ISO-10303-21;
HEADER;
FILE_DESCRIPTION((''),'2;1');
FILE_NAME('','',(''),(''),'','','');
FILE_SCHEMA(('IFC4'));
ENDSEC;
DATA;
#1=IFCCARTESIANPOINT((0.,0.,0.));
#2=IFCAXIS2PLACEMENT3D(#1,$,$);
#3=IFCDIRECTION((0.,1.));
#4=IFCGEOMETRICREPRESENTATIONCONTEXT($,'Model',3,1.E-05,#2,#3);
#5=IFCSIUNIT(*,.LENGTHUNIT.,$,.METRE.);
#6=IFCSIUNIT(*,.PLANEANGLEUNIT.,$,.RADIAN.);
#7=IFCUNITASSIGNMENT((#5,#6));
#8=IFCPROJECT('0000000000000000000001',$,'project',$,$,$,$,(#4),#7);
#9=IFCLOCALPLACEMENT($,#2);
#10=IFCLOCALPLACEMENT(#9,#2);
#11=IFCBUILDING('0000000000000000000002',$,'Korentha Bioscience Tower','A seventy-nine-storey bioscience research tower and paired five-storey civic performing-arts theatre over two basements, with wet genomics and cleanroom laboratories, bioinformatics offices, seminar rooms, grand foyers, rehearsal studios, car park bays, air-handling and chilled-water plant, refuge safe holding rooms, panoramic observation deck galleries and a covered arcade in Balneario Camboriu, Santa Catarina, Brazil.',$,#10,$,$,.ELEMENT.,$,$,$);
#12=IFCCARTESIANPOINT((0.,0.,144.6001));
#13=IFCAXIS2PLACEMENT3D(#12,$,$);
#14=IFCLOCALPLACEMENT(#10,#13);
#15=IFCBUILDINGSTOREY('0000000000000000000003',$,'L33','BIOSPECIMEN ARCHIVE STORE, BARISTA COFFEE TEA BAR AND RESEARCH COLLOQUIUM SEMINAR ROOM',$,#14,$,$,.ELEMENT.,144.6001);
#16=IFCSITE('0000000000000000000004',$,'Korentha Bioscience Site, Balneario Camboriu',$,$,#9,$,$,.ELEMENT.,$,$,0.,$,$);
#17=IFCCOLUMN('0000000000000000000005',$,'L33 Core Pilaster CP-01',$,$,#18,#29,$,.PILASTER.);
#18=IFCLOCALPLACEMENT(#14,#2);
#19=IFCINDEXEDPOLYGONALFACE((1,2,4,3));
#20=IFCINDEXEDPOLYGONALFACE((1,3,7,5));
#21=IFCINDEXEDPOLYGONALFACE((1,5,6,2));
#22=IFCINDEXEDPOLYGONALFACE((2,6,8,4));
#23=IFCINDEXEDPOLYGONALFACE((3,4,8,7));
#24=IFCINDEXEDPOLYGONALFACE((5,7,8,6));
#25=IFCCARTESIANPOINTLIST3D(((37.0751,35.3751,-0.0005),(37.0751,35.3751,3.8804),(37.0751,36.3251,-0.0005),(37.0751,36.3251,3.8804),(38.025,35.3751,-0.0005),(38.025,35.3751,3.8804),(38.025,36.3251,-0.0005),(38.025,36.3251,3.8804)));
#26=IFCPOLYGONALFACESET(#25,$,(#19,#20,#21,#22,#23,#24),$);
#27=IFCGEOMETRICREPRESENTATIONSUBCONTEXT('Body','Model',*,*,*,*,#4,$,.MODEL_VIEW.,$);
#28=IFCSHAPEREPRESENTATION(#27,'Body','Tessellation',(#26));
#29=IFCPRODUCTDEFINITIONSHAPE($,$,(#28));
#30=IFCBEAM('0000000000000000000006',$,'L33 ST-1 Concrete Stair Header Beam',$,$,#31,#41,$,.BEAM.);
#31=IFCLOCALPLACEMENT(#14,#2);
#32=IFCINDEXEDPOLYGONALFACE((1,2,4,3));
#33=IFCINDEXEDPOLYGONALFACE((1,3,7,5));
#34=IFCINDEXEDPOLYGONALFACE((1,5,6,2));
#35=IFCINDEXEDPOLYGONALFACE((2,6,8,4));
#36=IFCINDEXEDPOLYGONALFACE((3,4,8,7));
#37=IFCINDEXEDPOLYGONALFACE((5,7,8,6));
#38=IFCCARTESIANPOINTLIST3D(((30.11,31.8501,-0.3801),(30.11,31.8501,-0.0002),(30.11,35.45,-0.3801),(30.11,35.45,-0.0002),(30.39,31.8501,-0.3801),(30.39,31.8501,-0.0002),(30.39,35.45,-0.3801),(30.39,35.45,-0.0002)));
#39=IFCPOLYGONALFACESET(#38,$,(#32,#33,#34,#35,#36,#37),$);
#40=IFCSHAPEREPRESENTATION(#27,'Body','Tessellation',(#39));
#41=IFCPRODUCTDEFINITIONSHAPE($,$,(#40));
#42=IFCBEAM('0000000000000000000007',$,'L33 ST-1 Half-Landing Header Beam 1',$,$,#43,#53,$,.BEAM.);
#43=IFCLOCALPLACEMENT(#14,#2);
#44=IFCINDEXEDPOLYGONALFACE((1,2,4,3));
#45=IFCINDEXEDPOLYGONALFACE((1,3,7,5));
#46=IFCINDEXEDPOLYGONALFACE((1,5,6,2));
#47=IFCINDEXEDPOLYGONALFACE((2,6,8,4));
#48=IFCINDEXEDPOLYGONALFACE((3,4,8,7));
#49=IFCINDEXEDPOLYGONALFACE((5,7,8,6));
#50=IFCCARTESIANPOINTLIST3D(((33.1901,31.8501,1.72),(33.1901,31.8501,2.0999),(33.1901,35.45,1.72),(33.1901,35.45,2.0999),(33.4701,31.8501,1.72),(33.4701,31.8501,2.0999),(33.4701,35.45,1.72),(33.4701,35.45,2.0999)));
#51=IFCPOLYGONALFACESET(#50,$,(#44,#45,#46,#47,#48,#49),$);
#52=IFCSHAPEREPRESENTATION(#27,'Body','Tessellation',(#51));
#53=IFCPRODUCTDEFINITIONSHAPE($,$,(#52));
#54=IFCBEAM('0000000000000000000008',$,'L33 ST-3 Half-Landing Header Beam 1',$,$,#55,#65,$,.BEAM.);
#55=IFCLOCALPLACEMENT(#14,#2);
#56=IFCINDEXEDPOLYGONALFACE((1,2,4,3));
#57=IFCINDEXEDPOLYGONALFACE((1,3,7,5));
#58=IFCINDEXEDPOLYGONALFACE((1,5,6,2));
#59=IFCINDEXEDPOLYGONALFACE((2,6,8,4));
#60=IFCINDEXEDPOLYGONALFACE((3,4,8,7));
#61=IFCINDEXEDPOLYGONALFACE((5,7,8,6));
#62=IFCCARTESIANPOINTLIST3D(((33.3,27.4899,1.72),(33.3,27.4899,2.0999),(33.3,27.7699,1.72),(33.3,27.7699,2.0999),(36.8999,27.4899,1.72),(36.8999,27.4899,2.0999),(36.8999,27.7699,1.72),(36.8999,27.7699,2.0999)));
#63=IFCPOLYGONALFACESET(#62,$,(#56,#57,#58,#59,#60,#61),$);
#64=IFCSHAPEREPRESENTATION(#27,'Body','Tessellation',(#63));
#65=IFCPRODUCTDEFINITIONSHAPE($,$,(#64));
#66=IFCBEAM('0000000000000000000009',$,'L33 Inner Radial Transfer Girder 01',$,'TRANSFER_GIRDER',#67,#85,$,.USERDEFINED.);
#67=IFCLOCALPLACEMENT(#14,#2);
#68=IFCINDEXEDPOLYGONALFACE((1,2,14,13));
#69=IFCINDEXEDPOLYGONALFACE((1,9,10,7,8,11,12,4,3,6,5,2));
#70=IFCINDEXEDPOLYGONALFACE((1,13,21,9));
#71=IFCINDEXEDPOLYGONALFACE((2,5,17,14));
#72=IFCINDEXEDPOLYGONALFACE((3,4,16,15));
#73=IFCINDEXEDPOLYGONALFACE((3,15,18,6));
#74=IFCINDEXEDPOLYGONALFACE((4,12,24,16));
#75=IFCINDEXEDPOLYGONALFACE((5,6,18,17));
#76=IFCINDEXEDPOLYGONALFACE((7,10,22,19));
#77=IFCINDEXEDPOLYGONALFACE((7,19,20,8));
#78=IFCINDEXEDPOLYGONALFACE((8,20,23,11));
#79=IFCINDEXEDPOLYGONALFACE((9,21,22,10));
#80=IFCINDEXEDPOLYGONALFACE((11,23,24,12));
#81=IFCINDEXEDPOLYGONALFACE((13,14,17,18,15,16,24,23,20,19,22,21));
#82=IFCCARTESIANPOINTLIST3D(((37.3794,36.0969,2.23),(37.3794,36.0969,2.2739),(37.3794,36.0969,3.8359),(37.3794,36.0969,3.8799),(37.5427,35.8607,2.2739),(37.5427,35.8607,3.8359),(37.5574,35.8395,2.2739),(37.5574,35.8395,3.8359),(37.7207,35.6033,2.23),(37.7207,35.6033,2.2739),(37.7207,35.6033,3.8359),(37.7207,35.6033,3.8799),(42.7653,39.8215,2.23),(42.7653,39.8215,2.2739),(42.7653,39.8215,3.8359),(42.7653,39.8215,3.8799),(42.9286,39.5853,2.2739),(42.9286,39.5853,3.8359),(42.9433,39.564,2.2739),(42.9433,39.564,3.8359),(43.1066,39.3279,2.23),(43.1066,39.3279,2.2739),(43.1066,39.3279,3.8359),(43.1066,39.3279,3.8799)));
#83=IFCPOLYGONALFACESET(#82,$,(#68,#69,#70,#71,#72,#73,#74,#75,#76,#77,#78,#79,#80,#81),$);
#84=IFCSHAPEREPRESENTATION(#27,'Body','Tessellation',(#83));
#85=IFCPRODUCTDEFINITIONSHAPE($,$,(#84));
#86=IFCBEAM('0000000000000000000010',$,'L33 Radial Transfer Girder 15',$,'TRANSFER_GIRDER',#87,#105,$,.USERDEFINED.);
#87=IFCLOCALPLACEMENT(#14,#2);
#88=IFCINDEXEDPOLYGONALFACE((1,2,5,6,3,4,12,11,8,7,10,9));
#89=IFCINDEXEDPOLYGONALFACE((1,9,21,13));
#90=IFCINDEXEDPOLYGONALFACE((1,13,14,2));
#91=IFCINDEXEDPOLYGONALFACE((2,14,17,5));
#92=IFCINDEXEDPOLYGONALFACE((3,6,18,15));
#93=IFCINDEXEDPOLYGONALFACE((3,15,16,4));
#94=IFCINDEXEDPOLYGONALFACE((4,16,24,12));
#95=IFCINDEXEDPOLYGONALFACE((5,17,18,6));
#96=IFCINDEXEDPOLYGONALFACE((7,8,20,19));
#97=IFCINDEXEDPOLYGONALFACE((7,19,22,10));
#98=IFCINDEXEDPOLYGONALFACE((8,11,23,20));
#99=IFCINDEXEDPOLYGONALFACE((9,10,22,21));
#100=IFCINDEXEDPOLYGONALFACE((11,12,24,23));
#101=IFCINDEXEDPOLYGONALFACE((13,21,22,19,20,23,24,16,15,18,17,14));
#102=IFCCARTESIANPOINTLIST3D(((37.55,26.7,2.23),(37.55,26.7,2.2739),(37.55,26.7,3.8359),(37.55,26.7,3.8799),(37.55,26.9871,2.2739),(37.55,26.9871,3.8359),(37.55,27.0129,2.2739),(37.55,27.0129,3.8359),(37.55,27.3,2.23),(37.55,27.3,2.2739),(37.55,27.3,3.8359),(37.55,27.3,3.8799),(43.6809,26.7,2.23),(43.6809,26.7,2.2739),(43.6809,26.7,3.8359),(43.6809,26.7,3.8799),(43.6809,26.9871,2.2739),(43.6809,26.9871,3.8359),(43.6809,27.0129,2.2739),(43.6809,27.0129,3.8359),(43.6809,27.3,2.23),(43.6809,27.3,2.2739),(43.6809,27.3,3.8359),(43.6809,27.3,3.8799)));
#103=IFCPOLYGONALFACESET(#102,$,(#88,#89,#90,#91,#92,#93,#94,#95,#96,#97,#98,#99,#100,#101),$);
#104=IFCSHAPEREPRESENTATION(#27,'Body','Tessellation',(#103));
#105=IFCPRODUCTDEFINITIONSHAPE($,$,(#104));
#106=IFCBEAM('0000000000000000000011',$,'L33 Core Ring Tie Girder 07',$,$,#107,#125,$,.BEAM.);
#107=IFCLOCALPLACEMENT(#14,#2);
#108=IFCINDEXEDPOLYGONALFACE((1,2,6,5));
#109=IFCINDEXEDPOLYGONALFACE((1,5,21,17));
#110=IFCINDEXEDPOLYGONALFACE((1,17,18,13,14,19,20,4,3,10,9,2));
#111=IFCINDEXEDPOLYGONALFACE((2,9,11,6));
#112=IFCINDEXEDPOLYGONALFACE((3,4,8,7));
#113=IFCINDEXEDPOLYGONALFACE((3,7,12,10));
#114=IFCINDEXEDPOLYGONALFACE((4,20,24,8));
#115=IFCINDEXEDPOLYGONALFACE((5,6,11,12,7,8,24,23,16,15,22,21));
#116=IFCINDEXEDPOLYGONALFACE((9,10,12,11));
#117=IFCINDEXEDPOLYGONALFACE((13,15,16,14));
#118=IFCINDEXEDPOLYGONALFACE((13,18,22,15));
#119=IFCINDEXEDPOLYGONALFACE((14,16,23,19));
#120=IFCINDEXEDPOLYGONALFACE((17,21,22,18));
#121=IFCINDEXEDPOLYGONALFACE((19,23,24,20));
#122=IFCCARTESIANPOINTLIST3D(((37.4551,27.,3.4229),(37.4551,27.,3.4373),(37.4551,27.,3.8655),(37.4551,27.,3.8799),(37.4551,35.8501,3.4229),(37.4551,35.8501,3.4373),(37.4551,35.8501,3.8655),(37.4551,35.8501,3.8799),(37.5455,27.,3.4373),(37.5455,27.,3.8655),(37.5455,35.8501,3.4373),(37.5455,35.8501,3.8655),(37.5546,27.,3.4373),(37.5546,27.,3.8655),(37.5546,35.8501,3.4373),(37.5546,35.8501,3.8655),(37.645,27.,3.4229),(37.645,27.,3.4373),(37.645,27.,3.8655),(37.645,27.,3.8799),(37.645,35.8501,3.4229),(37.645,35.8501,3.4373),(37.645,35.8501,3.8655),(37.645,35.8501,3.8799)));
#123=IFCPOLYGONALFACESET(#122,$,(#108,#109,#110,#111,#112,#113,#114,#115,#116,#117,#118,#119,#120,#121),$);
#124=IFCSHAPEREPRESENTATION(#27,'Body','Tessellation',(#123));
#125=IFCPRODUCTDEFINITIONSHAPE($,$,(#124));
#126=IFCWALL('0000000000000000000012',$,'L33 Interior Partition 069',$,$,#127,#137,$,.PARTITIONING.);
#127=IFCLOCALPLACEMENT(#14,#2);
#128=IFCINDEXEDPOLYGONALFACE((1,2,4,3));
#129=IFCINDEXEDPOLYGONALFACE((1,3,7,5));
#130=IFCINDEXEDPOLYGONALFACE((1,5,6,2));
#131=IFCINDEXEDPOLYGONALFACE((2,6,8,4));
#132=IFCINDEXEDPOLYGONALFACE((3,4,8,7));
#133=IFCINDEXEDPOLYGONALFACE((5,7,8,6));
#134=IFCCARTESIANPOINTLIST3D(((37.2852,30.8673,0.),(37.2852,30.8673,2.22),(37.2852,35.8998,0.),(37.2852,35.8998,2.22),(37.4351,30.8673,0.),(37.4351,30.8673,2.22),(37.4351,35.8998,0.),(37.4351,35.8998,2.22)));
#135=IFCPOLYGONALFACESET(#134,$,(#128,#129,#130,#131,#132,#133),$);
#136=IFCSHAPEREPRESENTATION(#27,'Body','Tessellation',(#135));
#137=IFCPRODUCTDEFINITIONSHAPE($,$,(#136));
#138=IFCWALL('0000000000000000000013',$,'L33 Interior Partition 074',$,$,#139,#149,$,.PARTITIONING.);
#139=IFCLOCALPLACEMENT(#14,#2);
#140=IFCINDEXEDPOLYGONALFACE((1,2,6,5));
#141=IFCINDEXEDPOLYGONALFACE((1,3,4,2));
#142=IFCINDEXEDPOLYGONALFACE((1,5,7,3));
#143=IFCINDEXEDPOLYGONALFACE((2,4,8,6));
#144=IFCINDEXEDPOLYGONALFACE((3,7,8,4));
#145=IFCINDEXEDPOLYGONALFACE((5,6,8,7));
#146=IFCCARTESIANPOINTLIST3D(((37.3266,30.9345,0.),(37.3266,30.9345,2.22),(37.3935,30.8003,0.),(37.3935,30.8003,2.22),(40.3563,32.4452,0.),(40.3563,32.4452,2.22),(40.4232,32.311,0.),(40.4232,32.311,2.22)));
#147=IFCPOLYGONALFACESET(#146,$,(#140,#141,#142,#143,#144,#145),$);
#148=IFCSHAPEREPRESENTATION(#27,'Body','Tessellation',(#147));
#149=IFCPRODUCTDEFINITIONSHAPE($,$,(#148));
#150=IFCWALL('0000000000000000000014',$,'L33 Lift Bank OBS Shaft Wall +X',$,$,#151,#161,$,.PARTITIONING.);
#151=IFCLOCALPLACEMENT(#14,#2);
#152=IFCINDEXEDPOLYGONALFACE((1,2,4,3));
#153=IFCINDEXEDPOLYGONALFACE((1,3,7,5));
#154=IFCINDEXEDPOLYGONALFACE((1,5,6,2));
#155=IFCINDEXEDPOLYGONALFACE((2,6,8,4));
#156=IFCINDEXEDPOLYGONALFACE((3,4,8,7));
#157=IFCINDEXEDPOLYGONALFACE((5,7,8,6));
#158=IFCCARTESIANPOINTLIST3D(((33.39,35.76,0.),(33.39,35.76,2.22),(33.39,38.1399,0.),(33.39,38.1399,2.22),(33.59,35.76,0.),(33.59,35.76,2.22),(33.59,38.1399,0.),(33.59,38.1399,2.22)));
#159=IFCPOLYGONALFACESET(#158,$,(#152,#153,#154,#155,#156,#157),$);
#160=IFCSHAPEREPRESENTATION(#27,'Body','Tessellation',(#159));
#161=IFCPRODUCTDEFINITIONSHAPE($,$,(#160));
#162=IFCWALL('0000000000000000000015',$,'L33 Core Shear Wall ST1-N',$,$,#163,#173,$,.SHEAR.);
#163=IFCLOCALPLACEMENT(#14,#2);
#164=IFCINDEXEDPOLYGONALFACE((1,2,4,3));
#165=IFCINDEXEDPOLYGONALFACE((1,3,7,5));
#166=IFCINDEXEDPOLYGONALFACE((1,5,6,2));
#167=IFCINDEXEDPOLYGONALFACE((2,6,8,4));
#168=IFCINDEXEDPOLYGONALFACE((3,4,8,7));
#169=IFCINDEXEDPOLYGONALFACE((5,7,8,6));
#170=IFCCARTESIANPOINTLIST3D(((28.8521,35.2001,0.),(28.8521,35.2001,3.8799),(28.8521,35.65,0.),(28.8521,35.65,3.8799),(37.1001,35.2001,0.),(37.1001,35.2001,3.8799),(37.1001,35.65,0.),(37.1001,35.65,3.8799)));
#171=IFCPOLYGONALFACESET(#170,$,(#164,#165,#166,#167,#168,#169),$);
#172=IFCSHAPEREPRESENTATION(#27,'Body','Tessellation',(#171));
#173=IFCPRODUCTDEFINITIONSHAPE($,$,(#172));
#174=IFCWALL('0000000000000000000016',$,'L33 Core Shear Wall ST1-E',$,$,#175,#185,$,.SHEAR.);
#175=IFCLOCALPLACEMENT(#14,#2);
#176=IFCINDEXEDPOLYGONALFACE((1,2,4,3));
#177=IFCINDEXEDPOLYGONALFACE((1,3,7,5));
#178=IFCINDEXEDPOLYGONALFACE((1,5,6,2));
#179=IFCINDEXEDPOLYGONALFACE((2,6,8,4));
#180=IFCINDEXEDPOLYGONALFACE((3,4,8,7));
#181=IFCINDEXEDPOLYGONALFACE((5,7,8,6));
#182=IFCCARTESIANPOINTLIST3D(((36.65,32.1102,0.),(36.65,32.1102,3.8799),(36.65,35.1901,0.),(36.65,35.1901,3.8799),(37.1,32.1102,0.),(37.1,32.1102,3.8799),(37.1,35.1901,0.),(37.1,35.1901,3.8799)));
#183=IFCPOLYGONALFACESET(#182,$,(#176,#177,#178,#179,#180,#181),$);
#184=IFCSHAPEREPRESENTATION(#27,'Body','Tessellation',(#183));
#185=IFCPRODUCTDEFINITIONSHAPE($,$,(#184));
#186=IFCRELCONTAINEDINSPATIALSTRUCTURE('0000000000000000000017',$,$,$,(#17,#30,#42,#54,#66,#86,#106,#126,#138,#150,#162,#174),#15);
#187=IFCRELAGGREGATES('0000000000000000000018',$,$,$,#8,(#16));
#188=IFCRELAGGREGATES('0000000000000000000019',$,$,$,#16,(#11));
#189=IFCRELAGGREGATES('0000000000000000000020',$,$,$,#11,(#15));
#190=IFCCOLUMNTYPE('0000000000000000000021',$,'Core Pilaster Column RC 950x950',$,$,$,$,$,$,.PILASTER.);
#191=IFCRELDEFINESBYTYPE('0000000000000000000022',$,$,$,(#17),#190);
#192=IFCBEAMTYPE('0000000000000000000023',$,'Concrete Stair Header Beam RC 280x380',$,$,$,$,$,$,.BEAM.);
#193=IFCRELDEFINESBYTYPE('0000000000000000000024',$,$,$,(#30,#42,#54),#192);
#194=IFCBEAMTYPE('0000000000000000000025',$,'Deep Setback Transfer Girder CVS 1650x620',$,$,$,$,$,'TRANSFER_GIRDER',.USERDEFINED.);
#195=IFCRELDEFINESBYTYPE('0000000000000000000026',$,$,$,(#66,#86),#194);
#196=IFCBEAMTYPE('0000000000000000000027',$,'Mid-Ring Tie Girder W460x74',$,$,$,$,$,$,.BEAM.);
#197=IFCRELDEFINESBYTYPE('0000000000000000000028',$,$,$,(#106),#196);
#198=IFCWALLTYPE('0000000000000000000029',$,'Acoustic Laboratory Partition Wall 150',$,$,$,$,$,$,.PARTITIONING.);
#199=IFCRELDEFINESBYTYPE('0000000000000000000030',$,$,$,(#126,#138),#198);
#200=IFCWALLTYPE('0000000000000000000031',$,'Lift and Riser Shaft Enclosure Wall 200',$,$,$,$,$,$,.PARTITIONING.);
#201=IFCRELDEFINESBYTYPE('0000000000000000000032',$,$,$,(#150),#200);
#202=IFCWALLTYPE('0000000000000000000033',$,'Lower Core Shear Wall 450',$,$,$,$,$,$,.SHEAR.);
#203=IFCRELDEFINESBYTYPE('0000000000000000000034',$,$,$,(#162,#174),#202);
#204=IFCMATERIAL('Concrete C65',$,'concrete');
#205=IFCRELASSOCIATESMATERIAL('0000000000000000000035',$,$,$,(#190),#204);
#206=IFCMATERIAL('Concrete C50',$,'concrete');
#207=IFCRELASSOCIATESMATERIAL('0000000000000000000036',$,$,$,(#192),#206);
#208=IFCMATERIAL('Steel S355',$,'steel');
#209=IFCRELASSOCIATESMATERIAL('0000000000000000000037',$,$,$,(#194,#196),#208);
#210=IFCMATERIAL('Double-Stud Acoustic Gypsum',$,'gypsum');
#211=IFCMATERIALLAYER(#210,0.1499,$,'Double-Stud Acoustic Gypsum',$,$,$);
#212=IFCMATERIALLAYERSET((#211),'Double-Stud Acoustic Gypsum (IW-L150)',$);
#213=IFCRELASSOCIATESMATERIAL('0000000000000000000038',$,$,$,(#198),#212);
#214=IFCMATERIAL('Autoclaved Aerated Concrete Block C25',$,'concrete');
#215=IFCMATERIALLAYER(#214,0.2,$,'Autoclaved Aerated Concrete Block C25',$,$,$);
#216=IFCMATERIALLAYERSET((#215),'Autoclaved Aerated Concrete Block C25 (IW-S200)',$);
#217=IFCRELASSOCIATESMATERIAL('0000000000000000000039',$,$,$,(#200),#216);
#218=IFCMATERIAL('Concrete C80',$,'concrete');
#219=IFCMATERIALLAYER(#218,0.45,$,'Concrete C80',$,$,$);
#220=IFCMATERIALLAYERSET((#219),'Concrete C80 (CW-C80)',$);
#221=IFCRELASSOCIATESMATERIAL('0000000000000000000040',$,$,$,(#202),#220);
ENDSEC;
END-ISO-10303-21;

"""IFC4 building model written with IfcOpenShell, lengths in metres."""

from ifc_helpers import new_model, si_unit, direction, frame, frame_2d, origin, origin_2d, place, context, subcontext, project, spatial, rectangle, i_section, extrude, material, layer, layer_set, material_profile, profile_set, type_object, element, save


model = new_model("IFC4")

# Units and contexts
model_context = context("Model", 3, precision=1e-05, world=origin(), true_north=direction((0.0, 1.0)))
body_context = subcontext(model_context, "Body", "Model", "MODEL_VIEW")
ifc_project = project(units=[si_unit("LENGTHUNIT", "METRE"), si_unit("PLANEANGLEUNIT", "RADIAN")], contexts=[model_context])

# Site, building, storey
site_placement = place(None, origin())
site = spatial("IfcSite", under=ifc_project, at=site_placement, Name="Korentha Bioscience Site, Balneario Camboriu", CompositionType="ELEMENT", RefElevation=0.0)
building_placement = place(site_placement, origin())
building = spatial("IfcBuilding", under=site, at=building_placement, Name="Korentha Bioscience Tower", Description="A seventy-nine-storey bioscience research tower and paired five-storey civic performing-arts theatre over two basements, with wet genomics and cleanroom laboratories, bioinformatics offices, seminar rooms, grand foyers, rehearsal studios, car park bays, air-handling and chilled-water plant, refuge safe holding rooms, panoramic observation deck galleries and a covered arcade in Balneario Camboriu, Santa Catarina, Brazil.", CompositionType="ELEMENT")
storey_placement = place(building_placement, frame((0.0, 0.0, 144.6001)))
storey = spatial("IfcBuildingStorey", under=building, at=storey_placement, Name="L33", Description="BIOSPECIMEN ARCHIVE STORE, BARISTA COFFEE TEA BAR AND RESEARCH COLLOQUIUM SEMINAR ROOM", CompositionType="ELEMENT", Elevation=144.6001)

# Column
ifc_material_1 = material(Name="Concrete C65", Category="concrete")
ifc_material_profile_1 = material_profile(ifc_material_1, rectangle(XDim=0.95, YDim=0.95, at=origin_2d()), Name="Concrete C65")
ifc_profile_set_1 = profile_set([ifc_material_profile_1], Name="Concrete C65 (COL-CP09)")
column_type = type_object("IfcColumnType", Name="Core Pilaster Column RC 950x950", PredefinedType="PILASTER", material=ifc_profile_set_1)
column_placement = place(storey_placement, frame((37.55, 35.8501, -0.0005), z_axis=(0.0, 0.0, 1.0), x_axis=(1.0, 0.0, 0.0)))
element("IfcColumn", 1, at=column_placement, inside=storey, type_object=column_type, Name="L33 Core Pilaster CP-01", PredefinedType="PILASTER", context=body_context, shape_type="SweptSolid", body=[
    extrude(rectangle(XDim=0.95, YDim=0.95, at=origin_2d()), origin(), (0.0, 0.0, 1.0), 3.8809),
])

# Beams
ifc_material_2 = material(Name="Concrete C50", Category="concrete")
ifc_material_profile_2 = material_profile(ifc_material_2, rectangle(XDim=0.28, YDim=0.3799, at=origin_2d()), Name="Concrete C50")
ifc_profile_set_2 = profile_set([ifc_material_profile_2], Name="Concrete C50 (ST-HB380)")
beam_type_1 = type_object("IfcBeamType", Name="Concrete Stair Header Beam RC 280x380", PredefinedType="BEAM", material=ifc_profile_set_2)
for number, where, z_axis, x_axis, name in (
    (2, (30.25, 31.8501, -0.1902), (0.0, 1.0, 0.0), (-1.0, 0.0, 0.0), "L33 ST-1 Concrete Stair Header Beam"),
    (3, (33.3301, 31.8501, 1.9099), (0.0, 1.0, 0.0), (-1.0, 0.0, 0.0), "L33 ST-1 Half-Landing Header Beam 1"),
    (4, (36.8999, 27.6299, 1.9099), (-1.0, 0.0, 0.0), (0.0, -1.0, 0.0), "L33 ST-3 Half-Landing Header Beam 1"),
):
    element("IfcBeam", number, at=place(storey_placement, frame(where, z_axis=z_axis, x_axis=x_axis)), inside=storey, type_object=beam_type_1, Name=name, PredefinedType="BEAM", context=body_context, shape_type="SweptSolid", body=[
        extrude(rectangle(XDim=0.28, YDim=0.3799, at=origin_2d()), origin(), (0.0, 0.0, 1.0), 3.5999),
    ])
ifc_material_3 = material(Name="Steel S355", Category="steel")
ifc_material_profile_3 = material_profile(ifc_material_3, i_section(OverallWidth=0.6001, OverallDepth=1.6499, WebThickness=0.0259, FlangeThickness=0.0439, at=origin_2d()), Name="Steel S355")
ifc_profile_set_3 = profile_set([ifc_material_profile_3], Name="Steel S355 (TG-04)")
beam_type_2 = type_object("IfcBeamType", Name="Deep Setback Transfer Girder CVS 1650x620", ElementType="TRANSFER_GIRDER", PredefinedType="USERDEFINED", material=ifc_profile_set_3)
beam_1_placement = place(storey_placement, frame((37.55, 35.8501, 3.0549), z_axis=(0.822489, 0.568781, 0.0), x_axis=(-0.568781, 0.822489, 0.0)))
element("IfcBeam", 5, at=beam_1_placement, inside=storey, type_object=beam_type_2, Name="L33 Inner Radial Transfer Girder 01", ObjectType="TRANSFER_GIRDER", PredefinedType="USERDEFINED", context=body_context, shape_type="SweptSolid", body=[
    extrude(i_section(OverallWidth=0.6001, OverallDepth=1.6499, WebThickness=0.0259, FlangeThickness=0.0439, at=origin_2d()), origin(), (0.0, 0.0, 1.0), 6.5483),
])
beam_2_placement = place(storey_placement, frame((37.55, 27.0, 3.0549), z_axis=(1.0, 0.0, 0.0), x_axis=(0.0, 1.0, 0.0)))
element("IfcBeam", 6, at=beam_2_placement, inside=storey, type_object=beam_type_2, Name="L33 Radial Transfer Girder 15", ObjectType="TRANSFER_GIRDER", PredefinedType="USERDEFINED", context=body_context, shape_type="SweptSolid", body=[
    extrude(i_section(OverallWidth=0.6001, OverallDepth=1.6499, WebThickness=0.0259, FlangeThickness=0.0439, at=origin_2d()), origin(), (0.0, 0.0, 1.0), 6.1309),
])
ifc_material_profile_4 = material_profile(ifc_material_3, i_section(OverallWidth=0.1899, OverallDepth=0.457, WebThickness=0.009, FlangeThickness=0.0144, at=origin_2d()), Name="Steel S355")
ifc_profile_set_4 = profile_set([ifc_material_profile_4], Name="Steel S355 (MB-460)")
beam_type_3 = type_object("IfcBeamType", Name="Mid-Ring Tie Girder W460x74", PredefinedType="BEAM", material=ifc_profile_set_4)
beam_3_placement = place(storey_placement, frame((37.55, 27.0, 3.6514), z_axis=(0.0, 1.0, 0.0), x_axis=(-1.0, 0.0, 0.0)))
element("IfcBeam", 7, at=beam_3_placement, inside=storey, type_object=beam_type_3, Name="L33 Core Ring Tie Girder 07", PredefinedType="BEAM", context=body_context, shape_type="SweptSolid", body=[
    extrude(i_section(OverallWidth=0.1899, OverallDepth=0.457, WebThickness=0.009, FlangeThickness=0.0144, at=origin_2d()), origin(), (0.0, 0.0, 1.0), 8.8501),
])

# Walls
ifc_material_4 = material(Name="Double-Stud Acoustic Gypsum", Category="gypsum")
ifc_layer_1 = layer(ifc_material_4, 0.1499, Name="Double-Stud Acoustic Gypsum")
ifc_layer_set_1 = layer_set([ifc_layer_1], Name="Double-Stud Acoustic Gypsum (IW-L150)")
wall_type_1 = type_object("IfcWallType", Name="Acoustic Laboratory Partition Wall 150", PredefinedType="PARTITIONING", material=ifc_layer_set_1)
wall_1_placement = place(storey_placement, frame((37.3601, 30.8674, 0.0), z_axis=(0.0, 0.0, 1.0), x_axis=(0.0, 1.0, 0.0)))
element("IfcWall", 8, at=wall_1_placement, inside=storey, type_object=wall_type_1, Name="L33 Interior Partition 069", PredefinedType="PARTITIONING", context=body_context, shape_type="SweptSolid", body=[
    extrude(rectangle(XDim=5.0325, YDim=0.1499, at=frame_2d((2.5161, 0.0))), origin(), (0.0, 0.0, 1.0), 2.22),
])
wall_2_placement = place(storey_placement, frame((40.3899, 32.3782, 0.0), z_axis=(0.0, 0.0, 1.0), x_axis=(-0.894917, -0.446233, 0.0)))
element("IfcWall", 9, at=wall_2_placement, inside=storey, type_object=wall_type_1, Name="L33 Interior Partition 074", PredefinedType="PARTITIONING", context=body_context, shape_type="SweptSolid", body=[
    extrude(rectangle(XDim=3.3855, YDim=0.1499, at=frame_2d((1.6929, 0.0))), origin(), (0.0, 0.0, 1.0), 2.22),
])
ifc_material_5 = material(Name="Autoclaved Aerated Concrete Block C25", Category="concrete")
ifc_layer_2 = layer(ifc_material_5, 0.2, Name="Autoclaved Aerated Concrete Block C25")
ifc_layer_set_2 = layer_set([ifc_layer_2], Name="Autoclaved Aerated Concrete Block C25 (IW-S200)")
wall_type_2 = type_object("IfcWallType", Name="Lift and Riser Shaft Enclosure Wall 200", PredefinedType="PARTITIONING", material=ifc_layer_set_2)
wall_3_placement = place(storey_placement, frame((33.49, 35.76, 0.0), z_axis=(0.0, 0.0, 1.0), x_axis=(0.0, 1.0, 0.0)))
element("IfcWall", 10, at=wall_3_placement, inside=storey, type_object=wall_type_2, Name="L33 Lift Bank OBS Shaft Wall +X", PredefinedType="PARTITIONING", context=body_context, shape_type="SweptSolid", body=[
    extrude(rectangle(XDim=2.3799, YDim=0.2, at=frame_2d((1.1899, 0.0))), origin(), (0.0, 0.0, 1.0), 2.22),
])
ifc_material_6 = material(Name="Concrete C80", Category="concrete")
ifc_layer_3 = layer(ifc_material_6, 0.45, Name="Concrete C80")
ifc_layer_set_3 = layer_set([ifc_layer_3], Name="Concrete C80 (CW-C80)")
wall_type_3 = type_object("IfcWallType", Name="Lower Core Shear Wall 450", PredefinedType="SHEAR", material=ifc_layer_set_3)
wall_4_placement = place(storey_placement, frame((28.8521, 35.425, 0.0), z_axis=(0.0, 0.0, 1.0), x_axis=(1.0, 0.0, 0.0)))
element("IfcWall", 11, at=wall_4_placement, inside=storey, type_object=wall_type_3, Name="L33 Core Shear Wall ST1-N", PredefinedType="SHEAR", context=body_context, shape_type="SweptSolid", body=[
    extrude(rectangle(XDim=8.248, YDim=0.45, at=frame_2d((4.124, 0.0))), origin(), (0.0, 0.0, 1.0), 3.8799),
])
wall_5_placement = place(storey_placement, frame((36.875, 32.1101, 0.0), z_axis=(0.0, 0.0, 1.0), x_axis=(0.0, 1.0, 0.0)))
element("IfcWall", 12, at=wall_5_placement, inside=storey, type_object=wall_type_3, Name="L33 Core Shear Wall ST1-E", PredefinedType="SHEAR", context=body_context, shape_type="SweptSolid", body=[
    extrude(rectangle(XDim=3.0798, YDim=0.45, at=frame_2d((1.54, 0.0))), origin(), (0.0, 0.0, 1.0), 3.8799),
])

save(model, "model.ifc")
